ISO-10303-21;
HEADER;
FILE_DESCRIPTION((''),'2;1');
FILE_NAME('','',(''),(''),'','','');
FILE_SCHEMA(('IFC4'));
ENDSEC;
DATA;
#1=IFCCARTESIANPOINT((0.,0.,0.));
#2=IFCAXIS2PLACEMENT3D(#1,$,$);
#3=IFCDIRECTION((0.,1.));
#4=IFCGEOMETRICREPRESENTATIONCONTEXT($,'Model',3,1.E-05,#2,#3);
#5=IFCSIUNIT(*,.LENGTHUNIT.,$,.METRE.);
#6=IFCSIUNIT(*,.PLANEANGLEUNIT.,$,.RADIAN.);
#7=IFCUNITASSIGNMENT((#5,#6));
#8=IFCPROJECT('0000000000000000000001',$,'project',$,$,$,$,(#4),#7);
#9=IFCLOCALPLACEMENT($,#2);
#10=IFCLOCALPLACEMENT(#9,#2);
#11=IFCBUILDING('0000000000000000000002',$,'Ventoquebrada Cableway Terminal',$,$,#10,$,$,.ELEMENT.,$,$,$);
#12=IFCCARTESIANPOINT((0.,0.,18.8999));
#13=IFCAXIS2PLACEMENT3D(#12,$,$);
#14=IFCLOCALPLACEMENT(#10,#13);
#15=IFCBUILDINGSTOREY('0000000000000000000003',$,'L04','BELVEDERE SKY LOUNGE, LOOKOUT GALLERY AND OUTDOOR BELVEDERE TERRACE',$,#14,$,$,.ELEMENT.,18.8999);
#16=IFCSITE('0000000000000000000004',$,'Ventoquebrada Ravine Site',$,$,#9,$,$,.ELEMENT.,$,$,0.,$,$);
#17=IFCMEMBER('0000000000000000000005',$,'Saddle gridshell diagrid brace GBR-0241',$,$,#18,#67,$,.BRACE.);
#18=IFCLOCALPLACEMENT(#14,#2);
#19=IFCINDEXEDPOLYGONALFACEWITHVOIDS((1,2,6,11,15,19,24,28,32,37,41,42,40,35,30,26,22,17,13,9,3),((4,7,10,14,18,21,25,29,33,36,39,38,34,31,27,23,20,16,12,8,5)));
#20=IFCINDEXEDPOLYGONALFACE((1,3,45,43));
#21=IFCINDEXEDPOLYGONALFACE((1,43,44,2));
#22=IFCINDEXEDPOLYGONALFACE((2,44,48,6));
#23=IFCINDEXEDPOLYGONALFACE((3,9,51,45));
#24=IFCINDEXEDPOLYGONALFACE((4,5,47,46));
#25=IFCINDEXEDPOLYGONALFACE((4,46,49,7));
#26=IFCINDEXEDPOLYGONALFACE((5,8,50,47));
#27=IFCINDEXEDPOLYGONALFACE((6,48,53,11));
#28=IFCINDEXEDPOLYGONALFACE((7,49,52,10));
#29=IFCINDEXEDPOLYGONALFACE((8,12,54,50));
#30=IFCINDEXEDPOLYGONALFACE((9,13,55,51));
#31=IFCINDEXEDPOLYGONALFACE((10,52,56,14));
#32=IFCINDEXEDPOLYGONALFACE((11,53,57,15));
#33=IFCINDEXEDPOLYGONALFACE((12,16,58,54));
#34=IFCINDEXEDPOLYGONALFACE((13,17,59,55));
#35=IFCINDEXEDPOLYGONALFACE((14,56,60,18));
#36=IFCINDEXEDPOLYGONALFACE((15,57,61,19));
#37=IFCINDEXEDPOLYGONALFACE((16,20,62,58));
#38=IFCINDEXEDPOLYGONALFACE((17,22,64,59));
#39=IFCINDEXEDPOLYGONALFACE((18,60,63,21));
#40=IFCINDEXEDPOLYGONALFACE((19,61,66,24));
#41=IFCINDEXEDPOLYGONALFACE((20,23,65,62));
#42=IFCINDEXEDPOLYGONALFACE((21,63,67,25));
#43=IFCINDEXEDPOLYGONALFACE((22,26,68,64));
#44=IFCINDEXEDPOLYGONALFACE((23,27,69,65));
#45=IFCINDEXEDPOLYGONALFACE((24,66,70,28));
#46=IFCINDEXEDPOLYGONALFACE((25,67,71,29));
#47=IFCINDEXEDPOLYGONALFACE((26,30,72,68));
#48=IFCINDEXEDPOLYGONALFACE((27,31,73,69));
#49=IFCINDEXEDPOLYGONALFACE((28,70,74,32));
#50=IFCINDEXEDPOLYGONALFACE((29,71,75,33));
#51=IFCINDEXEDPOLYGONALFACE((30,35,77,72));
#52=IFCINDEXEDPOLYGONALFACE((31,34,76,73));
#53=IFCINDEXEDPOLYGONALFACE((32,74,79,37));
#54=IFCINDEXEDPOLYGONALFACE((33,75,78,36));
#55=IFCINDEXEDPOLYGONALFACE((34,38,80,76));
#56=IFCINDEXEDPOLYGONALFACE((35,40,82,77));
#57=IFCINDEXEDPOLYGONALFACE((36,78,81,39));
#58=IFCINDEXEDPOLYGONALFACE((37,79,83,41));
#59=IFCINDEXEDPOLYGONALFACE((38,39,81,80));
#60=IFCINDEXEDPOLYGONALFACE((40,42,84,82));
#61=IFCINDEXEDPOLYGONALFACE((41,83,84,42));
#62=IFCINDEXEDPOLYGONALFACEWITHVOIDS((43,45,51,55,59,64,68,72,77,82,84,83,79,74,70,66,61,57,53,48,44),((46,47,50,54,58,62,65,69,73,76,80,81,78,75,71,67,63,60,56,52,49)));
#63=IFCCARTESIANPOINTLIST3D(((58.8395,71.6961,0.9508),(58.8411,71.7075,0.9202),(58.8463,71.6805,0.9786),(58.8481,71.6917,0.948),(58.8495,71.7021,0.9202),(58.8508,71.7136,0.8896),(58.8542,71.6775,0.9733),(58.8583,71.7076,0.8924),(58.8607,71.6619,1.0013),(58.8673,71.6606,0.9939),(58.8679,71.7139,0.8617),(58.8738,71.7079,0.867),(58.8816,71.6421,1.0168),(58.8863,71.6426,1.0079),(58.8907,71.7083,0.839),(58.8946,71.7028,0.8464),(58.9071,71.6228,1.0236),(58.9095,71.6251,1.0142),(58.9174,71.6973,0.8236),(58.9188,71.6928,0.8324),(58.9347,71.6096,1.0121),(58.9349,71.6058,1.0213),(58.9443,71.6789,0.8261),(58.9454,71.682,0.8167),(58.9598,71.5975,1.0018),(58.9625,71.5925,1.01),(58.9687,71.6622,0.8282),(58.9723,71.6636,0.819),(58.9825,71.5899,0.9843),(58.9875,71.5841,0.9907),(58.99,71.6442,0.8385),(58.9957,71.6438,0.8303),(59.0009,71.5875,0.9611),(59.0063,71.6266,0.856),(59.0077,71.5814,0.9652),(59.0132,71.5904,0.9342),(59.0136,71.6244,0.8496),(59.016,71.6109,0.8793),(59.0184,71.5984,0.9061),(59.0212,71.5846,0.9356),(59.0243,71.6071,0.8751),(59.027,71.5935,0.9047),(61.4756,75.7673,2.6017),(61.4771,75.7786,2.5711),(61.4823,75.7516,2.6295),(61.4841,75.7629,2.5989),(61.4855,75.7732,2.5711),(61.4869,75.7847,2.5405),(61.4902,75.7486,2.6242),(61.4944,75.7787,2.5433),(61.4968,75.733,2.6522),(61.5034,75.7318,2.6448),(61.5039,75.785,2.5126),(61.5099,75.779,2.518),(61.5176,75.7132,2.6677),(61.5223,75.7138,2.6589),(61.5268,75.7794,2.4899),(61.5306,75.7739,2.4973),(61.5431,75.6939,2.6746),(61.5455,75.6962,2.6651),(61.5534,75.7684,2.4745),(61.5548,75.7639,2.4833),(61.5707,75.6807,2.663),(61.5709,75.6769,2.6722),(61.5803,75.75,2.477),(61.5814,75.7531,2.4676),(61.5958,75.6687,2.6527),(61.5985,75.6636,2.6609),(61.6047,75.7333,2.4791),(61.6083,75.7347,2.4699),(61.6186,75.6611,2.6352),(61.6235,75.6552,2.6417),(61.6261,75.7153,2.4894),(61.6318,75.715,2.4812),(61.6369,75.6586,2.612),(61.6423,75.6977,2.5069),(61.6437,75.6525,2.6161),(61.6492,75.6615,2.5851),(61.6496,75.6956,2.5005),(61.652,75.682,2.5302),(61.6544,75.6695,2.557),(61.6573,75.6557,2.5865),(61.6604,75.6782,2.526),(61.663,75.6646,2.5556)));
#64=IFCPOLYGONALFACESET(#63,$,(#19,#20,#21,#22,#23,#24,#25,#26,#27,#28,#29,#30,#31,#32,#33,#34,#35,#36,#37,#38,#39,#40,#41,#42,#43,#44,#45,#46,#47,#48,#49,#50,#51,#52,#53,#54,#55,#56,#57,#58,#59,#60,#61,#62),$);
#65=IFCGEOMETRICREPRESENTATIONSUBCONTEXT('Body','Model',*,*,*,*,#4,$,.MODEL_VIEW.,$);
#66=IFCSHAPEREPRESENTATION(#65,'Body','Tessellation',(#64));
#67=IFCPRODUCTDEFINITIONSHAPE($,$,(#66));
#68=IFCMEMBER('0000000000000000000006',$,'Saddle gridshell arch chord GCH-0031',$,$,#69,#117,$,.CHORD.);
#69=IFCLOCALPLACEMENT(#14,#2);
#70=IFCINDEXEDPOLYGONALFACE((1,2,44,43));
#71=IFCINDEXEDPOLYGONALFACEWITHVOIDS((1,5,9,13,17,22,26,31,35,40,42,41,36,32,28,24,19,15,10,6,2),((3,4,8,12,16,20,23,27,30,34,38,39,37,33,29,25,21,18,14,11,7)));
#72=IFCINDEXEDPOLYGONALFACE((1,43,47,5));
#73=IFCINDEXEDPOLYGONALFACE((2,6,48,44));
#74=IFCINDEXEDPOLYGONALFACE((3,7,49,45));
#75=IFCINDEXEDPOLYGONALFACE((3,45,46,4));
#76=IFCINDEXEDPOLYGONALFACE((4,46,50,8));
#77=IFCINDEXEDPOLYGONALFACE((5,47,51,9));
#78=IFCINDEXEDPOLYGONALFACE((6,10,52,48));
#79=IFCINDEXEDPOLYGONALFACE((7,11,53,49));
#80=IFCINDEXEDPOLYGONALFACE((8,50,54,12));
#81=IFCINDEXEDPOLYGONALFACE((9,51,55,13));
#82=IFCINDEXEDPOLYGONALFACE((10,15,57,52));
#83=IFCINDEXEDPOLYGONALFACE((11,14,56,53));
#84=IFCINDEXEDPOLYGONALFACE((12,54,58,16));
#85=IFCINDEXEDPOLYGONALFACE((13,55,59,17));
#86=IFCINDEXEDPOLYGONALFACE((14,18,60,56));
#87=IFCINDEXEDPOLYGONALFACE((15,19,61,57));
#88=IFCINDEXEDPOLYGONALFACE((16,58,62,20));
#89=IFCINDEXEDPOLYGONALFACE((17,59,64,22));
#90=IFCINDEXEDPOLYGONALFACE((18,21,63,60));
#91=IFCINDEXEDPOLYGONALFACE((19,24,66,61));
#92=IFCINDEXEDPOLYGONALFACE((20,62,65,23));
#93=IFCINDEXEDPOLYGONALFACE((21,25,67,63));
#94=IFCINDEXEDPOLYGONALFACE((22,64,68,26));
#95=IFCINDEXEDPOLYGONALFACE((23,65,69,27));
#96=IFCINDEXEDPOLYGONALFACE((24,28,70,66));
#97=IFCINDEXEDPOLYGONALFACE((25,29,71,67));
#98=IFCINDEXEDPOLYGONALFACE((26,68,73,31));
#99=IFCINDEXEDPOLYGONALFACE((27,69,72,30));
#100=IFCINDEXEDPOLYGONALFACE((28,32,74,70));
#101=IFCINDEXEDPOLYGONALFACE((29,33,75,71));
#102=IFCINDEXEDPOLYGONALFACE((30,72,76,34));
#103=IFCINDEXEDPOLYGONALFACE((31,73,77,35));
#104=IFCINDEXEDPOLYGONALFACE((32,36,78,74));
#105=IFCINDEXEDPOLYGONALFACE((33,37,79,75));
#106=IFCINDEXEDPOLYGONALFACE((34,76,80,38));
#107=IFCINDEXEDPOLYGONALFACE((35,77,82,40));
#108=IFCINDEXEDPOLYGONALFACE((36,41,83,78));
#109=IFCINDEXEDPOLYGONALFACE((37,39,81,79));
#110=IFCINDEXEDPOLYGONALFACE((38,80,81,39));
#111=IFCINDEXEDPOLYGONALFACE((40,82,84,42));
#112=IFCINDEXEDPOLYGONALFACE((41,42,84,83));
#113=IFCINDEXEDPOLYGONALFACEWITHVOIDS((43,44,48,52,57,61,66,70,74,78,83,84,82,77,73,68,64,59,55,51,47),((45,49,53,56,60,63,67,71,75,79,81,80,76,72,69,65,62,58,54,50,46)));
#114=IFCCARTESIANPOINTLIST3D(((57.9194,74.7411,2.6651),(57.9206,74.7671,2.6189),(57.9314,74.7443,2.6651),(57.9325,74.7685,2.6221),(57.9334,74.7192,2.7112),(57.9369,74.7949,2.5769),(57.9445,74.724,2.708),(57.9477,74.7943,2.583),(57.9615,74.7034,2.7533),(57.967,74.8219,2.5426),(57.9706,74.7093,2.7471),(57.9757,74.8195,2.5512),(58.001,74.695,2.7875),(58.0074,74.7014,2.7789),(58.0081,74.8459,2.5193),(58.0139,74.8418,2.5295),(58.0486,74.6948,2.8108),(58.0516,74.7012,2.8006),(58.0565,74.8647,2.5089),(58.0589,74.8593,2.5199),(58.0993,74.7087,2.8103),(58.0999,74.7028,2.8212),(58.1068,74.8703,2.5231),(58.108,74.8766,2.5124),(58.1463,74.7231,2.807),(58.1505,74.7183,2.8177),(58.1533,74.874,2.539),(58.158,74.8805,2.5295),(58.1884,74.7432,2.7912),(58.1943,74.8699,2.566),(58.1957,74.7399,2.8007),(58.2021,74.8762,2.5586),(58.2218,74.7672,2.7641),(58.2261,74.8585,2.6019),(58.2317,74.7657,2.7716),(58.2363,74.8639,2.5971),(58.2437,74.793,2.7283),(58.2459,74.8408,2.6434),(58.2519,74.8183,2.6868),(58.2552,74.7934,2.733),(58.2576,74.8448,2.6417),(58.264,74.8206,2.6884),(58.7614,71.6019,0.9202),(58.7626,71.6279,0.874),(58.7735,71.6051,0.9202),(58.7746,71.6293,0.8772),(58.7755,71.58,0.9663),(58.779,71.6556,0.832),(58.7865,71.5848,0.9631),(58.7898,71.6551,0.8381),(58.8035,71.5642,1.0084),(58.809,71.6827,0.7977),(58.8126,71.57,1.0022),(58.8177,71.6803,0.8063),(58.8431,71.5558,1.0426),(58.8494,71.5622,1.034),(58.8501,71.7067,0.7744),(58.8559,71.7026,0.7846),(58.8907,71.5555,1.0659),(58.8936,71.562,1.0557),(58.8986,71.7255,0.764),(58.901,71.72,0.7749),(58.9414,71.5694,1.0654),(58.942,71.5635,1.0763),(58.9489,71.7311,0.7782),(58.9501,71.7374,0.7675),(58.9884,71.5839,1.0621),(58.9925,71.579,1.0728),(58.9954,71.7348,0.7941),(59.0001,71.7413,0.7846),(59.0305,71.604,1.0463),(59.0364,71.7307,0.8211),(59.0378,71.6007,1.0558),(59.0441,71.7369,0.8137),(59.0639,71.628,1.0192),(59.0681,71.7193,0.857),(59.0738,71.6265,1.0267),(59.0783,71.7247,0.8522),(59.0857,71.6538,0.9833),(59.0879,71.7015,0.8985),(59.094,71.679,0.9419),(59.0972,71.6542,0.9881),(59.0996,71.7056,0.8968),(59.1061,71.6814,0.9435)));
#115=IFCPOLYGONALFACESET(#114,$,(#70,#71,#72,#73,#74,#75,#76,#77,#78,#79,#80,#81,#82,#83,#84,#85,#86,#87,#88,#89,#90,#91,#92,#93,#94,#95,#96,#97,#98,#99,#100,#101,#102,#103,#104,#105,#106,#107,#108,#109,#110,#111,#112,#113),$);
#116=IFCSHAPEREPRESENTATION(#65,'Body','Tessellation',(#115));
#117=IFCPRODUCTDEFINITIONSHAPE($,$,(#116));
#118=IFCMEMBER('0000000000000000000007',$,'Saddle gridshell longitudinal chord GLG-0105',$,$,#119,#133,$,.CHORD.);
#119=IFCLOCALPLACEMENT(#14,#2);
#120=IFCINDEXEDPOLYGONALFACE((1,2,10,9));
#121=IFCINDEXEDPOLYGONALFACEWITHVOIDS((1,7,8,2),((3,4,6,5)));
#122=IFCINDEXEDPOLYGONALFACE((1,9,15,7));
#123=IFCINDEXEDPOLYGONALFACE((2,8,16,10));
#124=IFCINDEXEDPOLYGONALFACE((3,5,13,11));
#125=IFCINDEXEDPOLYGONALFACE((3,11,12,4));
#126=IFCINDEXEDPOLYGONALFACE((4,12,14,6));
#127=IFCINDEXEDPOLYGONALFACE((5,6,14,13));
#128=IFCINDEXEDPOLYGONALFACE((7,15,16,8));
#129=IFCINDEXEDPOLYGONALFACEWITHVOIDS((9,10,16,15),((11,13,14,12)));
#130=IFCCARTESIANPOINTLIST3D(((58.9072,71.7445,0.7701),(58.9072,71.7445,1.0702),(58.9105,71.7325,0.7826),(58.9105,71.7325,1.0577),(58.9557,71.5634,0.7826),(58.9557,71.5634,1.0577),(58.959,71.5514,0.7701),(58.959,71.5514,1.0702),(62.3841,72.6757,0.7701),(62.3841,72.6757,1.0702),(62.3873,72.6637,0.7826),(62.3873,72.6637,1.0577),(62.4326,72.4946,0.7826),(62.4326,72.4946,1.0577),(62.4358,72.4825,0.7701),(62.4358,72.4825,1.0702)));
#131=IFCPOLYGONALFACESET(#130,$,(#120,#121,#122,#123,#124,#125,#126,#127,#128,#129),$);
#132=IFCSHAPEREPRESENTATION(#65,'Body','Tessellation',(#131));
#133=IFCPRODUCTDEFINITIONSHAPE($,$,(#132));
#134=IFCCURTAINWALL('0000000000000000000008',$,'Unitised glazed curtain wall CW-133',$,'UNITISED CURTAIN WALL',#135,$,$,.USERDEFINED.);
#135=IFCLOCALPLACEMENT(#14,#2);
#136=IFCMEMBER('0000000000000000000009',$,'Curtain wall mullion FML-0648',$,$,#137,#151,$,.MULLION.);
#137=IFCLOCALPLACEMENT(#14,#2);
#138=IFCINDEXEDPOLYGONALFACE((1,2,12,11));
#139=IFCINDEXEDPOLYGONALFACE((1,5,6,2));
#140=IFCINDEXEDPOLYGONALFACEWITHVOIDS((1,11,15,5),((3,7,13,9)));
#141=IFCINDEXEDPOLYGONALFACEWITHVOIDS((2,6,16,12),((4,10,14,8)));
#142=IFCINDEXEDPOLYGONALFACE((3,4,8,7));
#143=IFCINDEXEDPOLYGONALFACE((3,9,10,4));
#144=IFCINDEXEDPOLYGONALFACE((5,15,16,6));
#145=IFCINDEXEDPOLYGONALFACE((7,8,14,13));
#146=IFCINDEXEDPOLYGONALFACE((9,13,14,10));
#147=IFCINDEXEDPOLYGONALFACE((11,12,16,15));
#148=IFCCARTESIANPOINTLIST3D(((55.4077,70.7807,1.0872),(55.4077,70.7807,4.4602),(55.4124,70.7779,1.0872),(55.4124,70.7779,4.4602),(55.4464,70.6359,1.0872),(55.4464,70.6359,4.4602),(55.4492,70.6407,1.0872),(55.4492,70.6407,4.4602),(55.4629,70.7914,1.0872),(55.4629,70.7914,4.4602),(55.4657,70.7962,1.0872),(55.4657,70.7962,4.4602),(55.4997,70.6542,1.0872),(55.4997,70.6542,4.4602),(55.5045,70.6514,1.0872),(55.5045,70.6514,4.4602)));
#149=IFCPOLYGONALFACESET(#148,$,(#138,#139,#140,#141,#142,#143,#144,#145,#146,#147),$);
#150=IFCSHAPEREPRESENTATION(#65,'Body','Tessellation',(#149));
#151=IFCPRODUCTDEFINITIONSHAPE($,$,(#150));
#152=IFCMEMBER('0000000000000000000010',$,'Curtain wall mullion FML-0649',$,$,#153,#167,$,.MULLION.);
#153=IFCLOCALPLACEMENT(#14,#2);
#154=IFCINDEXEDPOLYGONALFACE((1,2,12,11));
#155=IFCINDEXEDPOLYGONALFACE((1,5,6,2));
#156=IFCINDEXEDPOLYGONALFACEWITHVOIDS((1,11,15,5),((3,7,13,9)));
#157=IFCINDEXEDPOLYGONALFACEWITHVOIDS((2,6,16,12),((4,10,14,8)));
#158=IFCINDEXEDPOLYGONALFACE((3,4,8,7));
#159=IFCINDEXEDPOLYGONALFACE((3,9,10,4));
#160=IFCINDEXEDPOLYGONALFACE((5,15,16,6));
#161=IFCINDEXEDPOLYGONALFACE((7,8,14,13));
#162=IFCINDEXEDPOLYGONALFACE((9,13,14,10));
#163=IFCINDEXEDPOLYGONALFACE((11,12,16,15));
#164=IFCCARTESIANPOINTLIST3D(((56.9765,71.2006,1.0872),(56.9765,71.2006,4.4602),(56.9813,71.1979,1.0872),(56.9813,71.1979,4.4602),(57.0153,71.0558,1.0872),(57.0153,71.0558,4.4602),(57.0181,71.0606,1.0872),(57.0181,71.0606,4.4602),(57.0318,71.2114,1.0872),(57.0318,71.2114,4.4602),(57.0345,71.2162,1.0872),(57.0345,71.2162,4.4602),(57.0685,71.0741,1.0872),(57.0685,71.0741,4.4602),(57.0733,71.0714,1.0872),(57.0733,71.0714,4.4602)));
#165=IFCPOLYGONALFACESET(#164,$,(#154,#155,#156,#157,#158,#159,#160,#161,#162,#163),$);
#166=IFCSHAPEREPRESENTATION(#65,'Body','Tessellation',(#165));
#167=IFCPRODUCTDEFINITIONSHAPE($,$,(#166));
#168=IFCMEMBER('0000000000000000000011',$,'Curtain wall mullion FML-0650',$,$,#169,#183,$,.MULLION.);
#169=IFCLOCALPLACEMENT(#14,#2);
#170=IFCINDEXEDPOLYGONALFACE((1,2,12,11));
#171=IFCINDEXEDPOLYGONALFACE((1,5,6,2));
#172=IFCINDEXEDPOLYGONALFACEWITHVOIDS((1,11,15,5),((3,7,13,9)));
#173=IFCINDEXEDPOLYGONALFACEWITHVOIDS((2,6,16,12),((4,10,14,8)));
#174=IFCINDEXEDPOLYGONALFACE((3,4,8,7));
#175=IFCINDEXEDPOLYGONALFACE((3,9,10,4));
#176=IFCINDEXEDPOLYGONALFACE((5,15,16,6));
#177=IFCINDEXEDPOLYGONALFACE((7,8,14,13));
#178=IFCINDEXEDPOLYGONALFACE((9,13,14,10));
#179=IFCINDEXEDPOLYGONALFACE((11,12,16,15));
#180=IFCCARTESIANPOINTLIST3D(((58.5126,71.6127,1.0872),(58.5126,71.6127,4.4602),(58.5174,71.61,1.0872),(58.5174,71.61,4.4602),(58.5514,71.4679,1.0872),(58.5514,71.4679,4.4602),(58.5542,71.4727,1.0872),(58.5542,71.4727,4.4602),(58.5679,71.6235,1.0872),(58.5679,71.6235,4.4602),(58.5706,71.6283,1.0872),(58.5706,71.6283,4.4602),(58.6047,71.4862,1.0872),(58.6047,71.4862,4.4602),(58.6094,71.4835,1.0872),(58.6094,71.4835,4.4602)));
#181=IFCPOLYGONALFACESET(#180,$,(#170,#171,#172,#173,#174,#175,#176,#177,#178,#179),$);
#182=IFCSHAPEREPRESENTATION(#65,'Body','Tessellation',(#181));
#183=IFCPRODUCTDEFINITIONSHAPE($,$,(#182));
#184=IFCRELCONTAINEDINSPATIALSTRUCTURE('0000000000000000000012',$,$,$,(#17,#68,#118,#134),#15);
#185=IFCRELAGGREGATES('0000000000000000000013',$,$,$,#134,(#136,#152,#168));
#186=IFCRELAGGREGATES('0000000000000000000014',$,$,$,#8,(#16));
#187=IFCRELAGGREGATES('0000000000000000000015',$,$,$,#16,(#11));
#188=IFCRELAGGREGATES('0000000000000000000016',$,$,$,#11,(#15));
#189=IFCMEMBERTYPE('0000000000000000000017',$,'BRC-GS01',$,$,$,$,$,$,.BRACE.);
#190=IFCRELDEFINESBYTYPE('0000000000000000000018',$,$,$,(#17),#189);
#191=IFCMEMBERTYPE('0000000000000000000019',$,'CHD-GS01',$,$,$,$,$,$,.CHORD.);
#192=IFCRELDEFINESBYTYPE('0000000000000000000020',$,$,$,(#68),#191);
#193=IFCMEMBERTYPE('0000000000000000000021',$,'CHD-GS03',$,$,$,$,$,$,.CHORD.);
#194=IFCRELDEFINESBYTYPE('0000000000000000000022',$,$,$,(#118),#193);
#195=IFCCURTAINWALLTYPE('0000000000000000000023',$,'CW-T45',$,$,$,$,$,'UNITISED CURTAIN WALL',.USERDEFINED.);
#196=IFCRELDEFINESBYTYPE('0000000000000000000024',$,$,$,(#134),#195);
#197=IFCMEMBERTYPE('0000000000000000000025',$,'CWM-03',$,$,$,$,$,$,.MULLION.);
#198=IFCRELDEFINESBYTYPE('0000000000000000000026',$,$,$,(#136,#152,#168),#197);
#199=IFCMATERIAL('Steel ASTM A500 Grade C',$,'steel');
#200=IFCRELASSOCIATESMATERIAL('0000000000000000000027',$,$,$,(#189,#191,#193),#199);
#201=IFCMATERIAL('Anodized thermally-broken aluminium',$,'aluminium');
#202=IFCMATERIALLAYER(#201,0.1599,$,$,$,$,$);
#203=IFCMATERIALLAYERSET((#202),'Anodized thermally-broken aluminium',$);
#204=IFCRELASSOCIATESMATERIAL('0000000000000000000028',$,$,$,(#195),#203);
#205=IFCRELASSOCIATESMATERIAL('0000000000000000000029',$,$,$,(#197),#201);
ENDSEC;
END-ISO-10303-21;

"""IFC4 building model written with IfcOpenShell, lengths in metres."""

from ifc_helpers import new_model, si_unit, direction, frame, origin, origin_2d, place, context, subcontext, project, spatial, hollow_rectangle, hollow_circle, extrude, material, layer, layer_set, material_profile, profile_set, type_object, element, aggregate, save


model = new_model("IFC4")

# Units and contexts
model_context = context("Model", 3, precision=1e-05, world=origin(), true_north=direction((0.0, 1.0)))
body_context = subcontext(model_context, "Body", "Model", "MODEL_VIEW")
ifc_project = project(units=[si_unit("LENGTHUNIT", "METRE"), si_unit("PLANEANGLEUNIT", "RADIAN")], contexts=[model_context])

# Site, building, storey
site_placement = place(None, origin())
site = spatial("IfcSite", under=ifc_project, at=site_placement, Name="Ventoquebrada Ravine Site", CompositionType="ELEMENT", RefElevation=0.0)
building_placement = place(site_placement, origin())
building = spatial("IfcBuilding", under=site, at=building_placement, Name="Ventoquebrada Cableway Terminal", CompositionType="ELEMENT")
storey_placement = place(building_placement, frame((0.0, 0.0, 18.8999)))
storey = spatial("IfcBuildingStorey", under=building, at=storey_placement, Name="L04", Description="BELVEDERE SKY LOUNGE, LOOKOUT GALLERY AND OUTDOOR BELVEDERE TERRACE", CompositionType="ELEMENT", Elevation=18.8999)

# Members
ifc_material_1 = material(Name="Steel ASTM A500 Grade C", Category="steel")
ifc_material_profile_1 = material_profile(ifc_material_1, hollow_circle(Radius=0.1096, WallThickness=0.01, at=origin_2d()), Name="CHS219.1X10")
ifc_profile_set_1 = profile_set([ifc_material_profile_1], Name="Steel ASTM A500 Grade C")
member_type_1 = type_object("IfcMemberType", Name="BRC-GS01", PredefinedType="BRACE", material=ifc_profile_set_1)
member_1_placement = place(storey_placement, frame((58.9331, 71.6479, 0.9202), z_axis=(0.514519, 0.794629, 0.322236), x_axis=(-0.839403, 0.54351, 0.0)))
element("IfcMember", 1, at=member_1_placement, inside=storey, type_object=member_type_1, Name="Saddle gridshell diagrid brace GBR-0241", PredefinedType="BRACE", context=body_context, shape_type="SweptSolid", body=[
    extrude(hollow_circle(Radius=0.1096, WallThickness=0.01, at=origin_2d()), origin(), (0.0, 0.0, 1.0), 5.1233),
])
ifc_material_profile_2 = material_profile(ifc_material_1, hollow_circle(Radius=0.1777, WallThickness=0.0125, at=origin_2d()), Name="CHS355.6X12.5")
ifc_profile_set_2 = profile_set([ifc_material_profile_2], Name="Steel ASTM A500 Grade C")
member_type_2 = type_object("IfcMemberType", Name="CHD-GS01", PredefinedType="CHORD", material=ifc_profile_set_2)
member_2_placement = place(storey_placement, frame((58.9331, 71.6479, 0.9202), z_axis=(-0.228264, 0.850976, 0.473007), x_axis=(-0.965856, -0.259079, 0.0)))
element("IfcMember", 2, at=member_2_placement, inside=storey, type_object=member_type_2, Name="Saddle gridshell arch chord GCH-0031", PredefinedType="CHORD", context=body_context, shape_type="SweptSolid", body=[
    extrude(hollow_circle(Radius=0.1777, WallThickness=0.0125, at=origin_2d()), origin(), (0.0, 0.0, 1.0), 3.689),
])
ifc_material_profile_3 = material_profile(ifc_material_1, hollow_rectangle(XDim=0.2, YDim=0.3, WallThickness=0.0125, at=origin_2d()), Name="RHS300X200X12.5")
ifc_profile_set_3 = profile_set([ifc_material_profile_3], Name="Steel ASTM A500 Grade C")
member_type_3 = type_object("IfcMemberType", Name="CHD-GS03", PredefinedType="CHORD", material=ifc_profile_set_3)
member_3_placement = place(storey_placement, frame((58.9331, 71.6479, 0.9202), z_axis=(0.965957, 0.258701, 0.0), x_axis=(-0.258701, 0.965957, 0.0)))
element("IfcMember", 3, at=member_3_placement, inside=storey, type_object=member_type_3, Name="Saddle gridshell longitudinal chord GLG-0105", PredefinedType="CHORD", context=body_context, shape_type="SweptSolid", body=[
    extrude(hollow_rectangle(XDim=0.2, YDim=0.3, WallThickness=0.0125, at=origin_2d()), origin(), (0.0, 0.0, 1.0), 3.5994),
])

# Curtain wall, members
ifc_material_2 = material(Name="Anodized thermally-broken aluminium", Category="aluminium")
ifc_layer_1 = layer(ifc_material_2, 0.1599)
ifc_layer_set_1 = layer_set([ifc_layer_1], Name="Anodized thermally-broken aluminium")
curtain_wall_type = type_object("IfcCurtainWallType", Name="CW-T45", ElementType="UNITISED CURTAIN WALL", PredefinedType="USERDEFINED", material=ifc_layer_set_1)
curtain_wall_1_placement = place(storey_placement, origin())
curtain_wall_1 = element("IfcCurtainWall", 4, at=curtain_wall_1_placement, inside=storey, type_object=curtain_wall_type, Name="Unitised glazed curtain wall CW-133", ObjectType="UNITISED CURTAIN WALL", PredefinedType="USERDEFINED")
ifc_material_profile_4 = material_profile(ifc_material_2, hollow_rectangle(XDim=0.0601, YDim=0.1499, WallThickness=0.0039, at=origin_2d()), Name="CW-MUL-60X150")
ifc_profile_set_4 = profile_set([ifc_material_profile_4], Name="Anodized thermally-broken aluminium")
member_type_4 = type_object("IfcMemberType", Name="CWM-03", PredefinedType="MULLION", material=ifc_profile_set_4)
member_4_placement = place(storey_placement, frame((55.4561, 70.7161, 1.0872), z_axis=(0.0, 0.0, 1.0), x_axis=(0.965944, 0.258752, 0.0)))
member_4 = element("IfcMember", 5, at=member_4_placement, type_object=member_type_4, Name="Curtain wall mullion FML-0648", PredefinedType="MULLION", context=body_context, shape_type="SweptSolid", body=[
    extrude(hollow_rectangle(XDim=0.0601, YDim=0.1499, WallThickness=0.0039, at=origin_2d()), origin(), (0.0, 0.0, 1.0), 3.373),
])
member_5_placement = place(storey_placement, frame((57.0249, 71.136, 1.0872), z_axis=(0.0, 0.0, 1.0), x_axis=(0.965944, 0.258752, 0.0)))
member_5 = element("IfcMember", 6, at=member_5_placement, type_object=member_type_4, Name="Curtain wall mullion FML-0649", PredefinedType="MULLION", context=body_context, shape_type="SweptSolid", body=[
    extrude(hollow_rectangle(XDim=0.0601, YDim=0.1499, WallThickness=0.0039, at=origin_2d()), origin(), (0.0, 0.0, 1.0), 3.373),
])
member_6_placement = place(storey_placement, frame((58.561, 71.5481, 1.0872), z_axis=(0.0, 0.0, 1.0), x_axis=(0.965944, 0.258752, 0.0)))
member_6 = element("IfcMember", 7, at=member_6_placement, type_object=member_type_4, Name="Curtain wall mullion FML-0650", PredefinedType="MULLION", context=body_context, shape_type="SweptSolid", body=[
    extrude(hollow_rectangle(XDim=0.0601, YDim=0.1499, WallThickness=0.0039, at=origin_2d()), origin(), (0.0, 0.0, 1.0), 3.373),
])

aggregate(curtain_wall_1, [member_4, member_5, member_6])

save(model, "model.ifc")
